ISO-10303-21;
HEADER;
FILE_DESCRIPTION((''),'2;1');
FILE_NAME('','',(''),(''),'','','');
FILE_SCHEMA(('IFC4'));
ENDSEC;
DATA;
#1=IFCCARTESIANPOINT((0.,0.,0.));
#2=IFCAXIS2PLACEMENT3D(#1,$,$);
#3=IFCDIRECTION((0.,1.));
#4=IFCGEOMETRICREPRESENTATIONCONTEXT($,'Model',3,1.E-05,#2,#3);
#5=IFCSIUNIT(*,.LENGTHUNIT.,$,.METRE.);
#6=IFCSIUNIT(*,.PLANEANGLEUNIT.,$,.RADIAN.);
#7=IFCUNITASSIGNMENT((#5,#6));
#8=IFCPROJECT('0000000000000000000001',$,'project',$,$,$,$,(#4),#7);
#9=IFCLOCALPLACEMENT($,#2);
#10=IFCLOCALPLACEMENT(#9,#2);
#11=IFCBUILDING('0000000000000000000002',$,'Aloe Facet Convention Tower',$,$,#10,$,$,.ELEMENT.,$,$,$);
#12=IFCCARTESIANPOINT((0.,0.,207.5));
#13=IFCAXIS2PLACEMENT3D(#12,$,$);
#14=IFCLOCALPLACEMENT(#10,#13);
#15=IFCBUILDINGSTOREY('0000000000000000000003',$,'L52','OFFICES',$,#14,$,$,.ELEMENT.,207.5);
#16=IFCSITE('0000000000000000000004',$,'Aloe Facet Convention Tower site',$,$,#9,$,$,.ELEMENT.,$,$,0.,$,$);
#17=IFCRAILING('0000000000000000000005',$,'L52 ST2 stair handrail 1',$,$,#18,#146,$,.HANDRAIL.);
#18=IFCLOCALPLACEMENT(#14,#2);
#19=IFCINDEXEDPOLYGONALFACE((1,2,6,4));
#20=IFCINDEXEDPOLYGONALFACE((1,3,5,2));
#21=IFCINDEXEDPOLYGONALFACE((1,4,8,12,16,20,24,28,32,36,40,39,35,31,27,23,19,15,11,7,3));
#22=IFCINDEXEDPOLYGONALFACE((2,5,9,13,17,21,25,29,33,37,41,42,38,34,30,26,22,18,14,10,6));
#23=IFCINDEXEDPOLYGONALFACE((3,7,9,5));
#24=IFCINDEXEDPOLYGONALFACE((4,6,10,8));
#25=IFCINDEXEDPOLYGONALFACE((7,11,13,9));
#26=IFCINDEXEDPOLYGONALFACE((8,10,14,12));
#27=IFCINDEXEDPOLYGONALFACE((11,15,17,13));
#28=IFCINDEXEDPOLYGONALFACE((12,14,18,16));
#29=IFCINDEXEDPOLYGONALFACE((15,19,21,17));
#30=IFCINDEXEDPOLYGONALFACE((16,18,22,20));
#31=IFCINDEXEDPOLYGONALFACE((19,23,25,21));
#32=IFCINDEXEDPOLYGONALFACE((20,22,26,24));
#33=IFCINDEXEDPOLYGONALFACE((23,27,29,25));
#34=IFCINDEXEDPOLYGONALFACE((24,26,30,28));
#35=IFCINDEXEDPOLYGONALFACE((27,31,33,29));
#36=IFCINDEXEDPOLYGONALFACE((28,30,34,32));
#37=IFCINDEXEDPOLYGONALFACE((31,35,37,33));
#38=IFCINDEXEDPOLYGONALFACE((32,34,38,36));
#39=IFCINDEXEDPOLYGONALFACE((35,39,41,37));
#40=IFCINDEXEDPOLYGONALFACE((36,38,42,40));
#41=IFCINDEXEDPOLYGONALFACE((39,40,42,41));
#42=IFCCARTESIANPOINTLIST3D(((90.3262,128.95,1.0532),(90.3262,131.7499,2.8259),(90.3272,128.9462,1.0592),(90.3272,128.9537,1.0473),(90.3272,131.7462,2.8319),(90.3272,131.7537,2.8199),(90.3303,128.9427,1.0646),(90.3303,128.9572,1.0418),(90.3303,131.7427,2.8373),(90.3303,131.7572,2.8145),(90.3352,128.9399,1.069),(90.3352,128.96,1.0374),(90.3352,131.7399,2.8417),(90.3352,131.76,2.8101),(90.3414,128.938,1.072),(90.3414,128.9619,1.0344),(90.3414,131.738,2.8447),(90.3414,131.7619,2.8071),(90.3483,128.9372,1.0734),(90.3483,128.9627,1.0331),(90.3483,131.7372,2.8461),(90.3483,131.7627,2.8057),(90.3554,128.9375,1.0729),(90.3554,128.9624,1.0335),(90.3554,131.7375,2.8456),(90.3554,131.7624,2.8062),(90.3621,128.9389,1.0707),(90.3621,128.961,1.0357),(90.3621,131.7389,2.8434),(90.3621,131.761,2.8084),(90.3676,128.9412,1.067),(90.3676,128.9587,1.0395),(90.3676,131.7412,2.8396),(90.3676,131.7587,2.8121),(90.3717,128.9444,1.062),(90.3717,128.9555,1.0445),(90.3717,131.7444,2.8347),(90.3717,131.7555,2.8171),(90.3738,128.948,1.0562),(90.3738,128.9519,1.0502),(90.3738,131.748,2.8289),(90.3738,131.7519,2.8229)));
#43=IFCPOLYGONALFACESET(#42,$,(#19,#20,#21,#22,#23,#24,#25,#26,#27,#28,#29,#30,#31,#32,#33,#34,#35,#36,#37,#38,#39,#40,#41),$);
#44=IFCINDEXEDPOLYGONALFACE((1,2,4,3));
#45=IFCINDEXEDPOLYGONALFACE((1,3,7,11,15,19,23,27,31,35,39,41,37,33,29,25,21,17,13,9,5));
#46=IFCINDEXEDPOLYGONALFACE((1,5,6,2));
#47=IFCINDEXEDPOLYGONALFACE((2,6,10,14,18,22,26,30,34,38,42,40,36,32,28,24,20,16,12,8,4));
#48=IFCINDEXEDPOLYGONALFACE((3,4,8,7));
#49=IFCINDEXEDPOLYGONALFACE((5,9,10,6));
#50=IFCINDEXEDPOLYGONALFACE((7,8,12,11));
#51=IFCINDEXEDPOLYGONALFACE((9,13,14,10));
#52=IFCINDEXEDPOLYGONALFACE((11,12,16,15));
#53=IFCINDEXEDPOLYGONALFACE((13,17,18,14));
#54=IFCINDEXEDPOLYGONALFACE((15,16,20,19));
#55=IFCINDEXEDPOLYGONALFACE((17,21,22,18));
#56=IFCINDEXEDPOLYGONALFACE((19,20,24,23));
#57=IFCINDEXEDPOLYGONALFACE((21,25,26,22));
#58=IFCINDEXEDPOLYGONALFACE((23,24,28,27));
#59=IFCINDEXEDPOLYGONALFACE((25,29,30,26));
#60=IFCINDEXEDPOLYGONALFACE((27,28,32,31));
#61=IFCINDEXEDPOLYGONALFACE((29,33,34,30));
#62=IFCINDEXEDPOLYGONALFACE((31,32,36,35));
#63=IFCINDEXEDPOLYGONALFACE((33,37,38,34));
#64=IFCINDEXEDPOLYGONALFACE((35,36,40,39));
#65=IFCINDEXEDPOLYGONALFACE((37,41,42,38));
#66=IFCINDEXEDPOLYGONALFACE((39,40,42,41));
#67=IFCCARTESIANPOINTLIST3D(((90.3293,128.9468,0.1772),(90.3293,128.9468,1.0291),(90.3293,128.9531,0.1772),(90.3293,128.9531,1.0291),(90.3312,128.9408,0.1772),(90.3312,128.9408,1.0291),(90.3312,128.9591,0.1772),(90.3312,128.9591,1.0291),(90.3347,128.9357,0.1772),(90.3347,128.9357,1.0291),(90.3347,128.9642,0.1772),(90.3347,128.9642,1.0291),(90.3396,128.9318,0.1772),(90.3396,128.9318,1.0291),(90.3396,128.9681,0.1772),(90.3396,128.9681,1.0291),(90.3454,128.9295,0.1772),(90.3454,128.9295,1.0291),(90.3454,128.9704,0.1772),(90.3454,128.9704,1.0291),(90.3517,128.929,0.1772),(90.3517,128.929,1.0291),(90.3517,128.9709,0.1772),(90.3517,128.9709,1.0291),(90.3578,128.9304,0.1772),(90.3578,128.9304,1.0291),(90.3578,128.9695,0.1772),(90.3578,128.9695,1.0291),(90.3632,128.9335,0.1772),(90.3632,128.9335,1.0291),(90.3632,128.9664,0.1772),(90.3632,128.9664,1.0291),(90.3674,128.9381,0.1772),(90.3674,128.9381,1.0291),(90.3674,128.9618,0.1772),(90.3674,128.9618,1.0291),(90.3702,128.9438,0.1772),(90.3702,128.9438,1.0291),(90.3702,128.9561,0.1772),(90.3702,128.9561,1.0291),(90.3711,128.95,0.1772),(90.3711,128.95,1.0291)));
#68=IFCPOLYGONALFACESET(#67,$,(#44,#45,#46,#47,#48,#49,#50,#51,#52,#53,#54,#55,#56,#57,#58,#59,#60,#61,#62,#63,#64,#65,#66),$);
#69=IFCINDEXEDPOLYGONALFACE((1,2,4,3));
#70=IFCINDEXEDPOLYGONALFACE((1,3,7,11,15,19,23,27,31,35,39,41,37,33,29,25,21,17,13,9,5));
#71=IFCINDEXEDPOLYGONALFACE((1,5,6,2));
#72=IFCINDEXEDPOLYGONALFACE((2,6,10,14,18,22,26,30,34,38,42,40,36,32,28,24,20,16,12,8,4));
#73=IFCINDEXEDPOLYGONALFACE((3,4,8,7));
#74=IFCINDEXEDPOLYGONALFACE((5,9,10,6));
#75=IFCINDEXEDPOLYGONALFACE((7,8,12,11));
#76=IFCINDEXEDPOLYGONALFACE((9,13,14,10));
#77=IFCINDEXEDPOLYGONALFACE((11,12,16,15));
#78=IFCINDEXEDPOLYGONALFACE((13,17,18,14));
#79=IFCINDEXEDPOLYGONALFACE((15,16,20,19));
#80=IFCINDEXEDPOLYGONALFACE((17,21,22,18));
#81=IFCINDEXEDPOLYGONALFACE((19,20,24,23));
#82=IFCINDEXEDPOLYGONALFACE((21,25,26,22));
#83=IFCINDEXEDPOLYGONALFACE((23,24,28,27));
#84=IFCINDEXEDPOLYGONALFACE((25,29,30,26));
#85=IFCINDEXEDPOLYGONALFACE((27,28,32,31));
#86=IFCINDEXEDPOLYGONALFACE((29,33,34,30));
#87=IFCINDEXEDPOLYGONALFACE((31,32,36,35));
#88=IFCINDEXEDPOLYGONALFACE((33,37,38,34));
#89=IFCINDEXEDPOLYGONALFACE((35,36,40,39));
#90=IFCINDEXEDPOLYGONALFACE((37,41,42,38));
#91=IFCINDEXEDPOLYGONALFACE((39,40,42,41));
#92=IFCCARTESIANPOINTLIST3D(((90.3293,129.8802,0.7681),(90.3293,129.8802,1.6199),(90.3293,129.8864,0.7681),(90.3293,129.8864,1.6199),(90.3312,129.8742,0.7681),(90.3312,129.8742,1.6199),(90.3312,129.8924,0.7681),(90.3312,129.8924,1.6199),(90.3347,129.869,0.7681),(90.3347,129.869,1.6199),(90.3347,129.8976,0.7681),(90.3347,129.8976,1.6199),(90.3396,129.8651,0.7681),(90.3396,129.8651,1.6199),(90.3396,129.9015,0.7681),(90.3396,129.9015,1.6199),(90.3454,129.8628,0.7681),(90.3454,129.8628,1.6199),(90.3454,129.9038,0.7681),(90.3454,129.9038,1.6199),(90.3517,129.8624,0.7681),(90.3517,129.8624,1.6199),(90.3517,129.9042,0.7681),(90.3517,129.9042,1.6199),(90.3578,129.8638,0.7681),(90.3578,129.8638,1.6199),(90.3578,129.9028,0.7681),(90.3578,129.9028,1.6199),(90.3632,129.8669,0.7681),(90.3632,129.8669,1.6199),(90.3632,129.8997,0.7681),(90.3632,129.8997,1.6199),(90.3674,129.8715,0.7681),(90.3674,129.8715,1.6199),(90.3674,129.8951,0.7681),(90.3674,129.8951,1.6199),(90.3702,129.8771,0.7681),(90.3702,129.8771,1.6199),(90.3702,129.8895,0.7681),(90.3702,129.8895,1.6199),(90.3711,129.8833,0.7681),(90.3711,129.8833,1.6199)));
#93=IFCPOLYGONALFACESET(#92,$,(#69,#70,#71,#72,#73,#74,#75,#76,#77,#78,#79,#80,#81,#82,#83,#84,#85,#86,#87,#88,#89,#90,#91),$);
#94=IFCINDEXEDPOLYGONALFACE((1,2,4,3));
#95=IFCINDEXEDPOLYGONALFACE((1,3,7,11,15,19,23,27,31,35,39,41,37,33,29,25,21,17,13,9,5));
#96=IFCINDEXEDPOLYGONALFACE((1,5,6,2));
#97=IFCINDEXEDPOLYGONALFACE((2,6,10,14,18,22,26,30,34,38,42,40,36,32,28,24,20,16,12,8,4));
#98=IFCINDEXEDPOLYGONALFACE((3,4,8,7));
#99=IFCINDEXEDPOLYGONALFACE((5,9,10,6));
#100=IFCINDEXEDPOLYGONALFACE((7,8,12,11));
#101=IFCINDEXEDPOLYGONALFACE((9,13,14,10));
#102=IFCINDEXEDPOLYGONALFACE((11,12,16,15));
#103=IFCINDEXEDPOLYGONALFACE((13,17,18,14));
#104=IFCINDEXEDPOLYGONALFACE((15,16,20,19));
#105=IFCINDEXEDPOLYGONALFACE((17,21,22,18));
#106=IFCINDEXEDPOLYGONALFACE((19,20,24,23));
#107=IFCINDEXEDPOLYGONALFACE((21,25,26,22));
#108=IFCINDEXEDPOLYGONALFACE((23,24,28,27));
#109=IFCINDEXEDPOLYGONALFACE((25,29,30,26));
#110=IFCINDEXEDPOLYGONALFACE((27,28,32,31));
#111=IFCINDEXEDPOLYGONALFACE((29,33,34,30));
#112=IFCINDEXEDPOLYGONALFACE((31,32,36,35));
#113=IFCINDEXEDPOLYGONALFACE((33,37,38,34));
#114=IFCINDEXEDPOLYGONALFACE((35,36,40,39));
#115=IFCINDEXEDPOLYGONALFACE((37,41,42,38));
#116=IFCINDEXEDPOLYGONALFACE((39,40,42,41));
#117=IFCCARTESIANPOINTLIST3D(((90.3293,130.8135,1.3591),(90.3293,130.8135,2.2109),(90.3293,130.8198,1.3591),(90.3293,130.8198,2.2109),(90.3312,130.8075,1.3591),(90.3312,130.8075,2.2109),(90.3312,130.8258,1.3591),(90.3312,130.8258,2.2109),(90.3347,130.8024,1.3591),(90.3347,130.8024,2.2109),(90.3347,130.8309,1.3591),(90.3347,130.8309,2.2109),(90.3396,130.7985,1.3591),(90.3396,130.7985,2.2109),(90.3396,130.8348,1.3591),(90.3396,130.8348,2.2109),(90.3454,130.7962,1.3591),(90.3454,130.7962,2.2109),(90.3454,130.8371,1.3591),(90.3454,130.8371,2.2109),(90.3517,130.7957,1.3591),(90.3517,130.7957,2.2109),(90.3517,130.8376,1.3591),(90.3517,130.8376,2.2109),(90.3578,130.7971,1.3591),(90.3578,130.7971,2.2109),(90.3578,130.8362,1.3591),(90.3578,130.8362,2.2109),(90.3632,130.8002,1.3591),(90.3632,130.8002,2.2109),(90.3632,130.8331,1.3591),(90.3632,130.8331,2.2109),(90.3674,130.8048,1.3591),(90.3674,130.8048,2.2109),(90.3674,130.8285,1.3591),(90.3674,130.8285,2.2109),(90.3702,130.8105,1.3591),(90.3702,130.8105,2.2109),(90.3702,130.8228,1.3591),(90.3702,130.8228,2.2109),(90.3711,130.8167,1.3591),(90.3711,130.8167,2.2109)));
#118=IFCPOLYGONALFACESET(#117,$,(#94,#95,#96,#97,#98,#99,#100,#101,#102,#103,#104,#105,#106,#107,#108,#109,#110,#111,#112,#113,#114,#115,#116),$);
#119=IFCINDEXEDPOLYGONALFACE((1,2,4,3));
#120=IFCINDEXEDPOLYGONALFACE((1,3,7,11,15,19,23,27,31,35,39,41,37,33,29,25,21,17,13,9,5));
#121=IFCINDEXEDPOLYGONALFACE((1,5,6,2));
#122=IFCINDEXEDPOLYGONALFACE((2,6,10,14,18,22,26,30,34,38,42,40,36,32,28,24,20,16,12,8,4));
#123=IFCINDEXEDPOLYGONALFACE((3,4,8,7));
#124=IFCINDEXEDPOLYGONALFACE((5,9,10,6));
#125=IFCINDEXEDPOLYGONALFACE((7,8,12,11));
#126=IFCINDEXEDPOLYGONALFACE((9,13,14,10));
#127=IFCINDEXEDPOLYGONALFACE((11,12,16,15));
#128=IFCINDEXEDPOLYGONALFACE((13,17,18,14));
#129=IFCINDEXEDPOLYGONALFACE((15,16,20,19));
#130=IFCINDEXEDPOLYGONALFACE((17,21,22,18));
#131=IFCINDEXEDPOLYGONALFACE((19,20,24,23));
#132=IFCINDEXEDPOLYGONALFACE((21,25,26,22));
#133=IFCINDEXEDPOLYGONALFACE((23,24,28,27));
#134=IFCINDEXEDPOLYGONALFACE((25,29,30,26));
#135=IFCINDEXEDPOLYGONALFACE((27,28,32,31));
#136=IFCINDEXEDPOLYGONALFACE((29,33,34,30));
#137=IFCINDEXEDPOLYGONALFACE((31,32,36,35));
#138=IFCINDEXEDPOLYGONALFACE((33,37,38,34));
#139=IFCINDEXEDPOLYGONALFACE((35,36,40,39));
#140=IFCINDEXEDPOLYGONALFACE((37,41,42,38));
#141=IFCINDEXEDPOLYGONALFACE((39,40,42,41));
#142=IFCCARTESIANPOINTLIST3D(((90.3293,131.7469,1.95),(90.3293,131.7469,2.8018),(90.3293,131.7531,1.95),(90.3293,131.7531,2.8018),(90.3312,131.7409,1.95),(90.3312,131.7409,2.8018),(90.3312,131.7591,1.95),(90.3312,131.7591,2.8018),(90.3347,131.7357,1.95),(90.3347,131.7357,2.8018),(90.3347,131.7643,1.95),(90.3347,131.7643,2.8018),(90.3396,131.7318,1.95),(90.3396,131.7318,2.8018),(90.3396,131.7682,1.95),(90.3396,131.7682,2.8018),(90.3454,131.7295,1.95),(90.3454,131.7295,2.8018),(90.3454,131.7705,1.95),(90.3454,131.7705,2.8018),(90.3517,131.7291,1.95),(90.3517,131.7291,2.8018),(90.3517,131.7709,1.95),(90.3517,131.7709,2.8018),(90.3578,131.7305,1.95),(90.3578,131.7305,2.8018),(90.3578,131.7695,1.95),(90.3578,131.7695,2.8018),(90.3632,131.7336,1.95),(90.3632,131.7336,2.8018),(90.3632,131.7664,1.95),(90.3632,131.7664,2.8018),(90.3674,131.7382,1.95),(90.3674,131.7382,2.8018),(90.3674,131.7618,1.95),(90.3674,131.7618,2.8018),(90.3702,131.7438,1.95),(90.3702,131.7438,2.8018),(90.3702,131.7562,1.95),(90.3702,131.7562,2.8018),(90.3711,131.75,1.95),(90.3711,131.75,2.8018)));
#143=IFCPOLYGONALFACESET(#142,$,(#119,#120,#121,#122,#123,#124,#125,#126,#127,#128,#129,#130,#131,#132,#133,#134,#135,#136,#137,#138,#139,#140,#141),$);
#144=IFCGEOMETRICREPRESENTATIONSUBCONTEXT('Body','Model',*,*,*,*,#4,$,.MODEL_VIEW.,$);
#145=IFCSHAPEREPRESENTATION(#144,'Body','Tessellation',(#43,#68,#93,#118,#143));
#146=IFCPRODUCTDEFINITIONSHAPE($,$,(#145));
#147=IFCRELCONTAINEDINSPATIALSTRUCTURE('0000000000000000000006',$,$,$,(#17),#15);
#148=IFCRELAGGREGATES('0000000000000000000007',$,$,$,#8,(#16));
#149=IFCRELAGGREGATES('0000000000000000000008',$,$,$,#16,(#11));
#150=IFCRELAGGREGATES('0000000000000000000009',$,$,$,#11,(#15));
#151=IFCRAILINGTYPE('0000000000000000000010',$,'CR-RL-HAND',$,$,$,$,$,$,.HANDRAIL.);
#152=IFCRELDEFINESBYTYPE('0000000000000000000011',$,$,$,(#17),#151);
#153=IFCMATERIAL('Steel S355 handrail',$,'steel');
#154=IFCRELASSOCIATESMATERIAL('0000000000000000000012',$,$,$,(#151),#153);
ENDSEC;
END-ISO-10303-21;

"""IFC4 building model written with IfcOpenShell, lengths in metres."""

from ifc_helpers import new_model, si_unit, direction, frame, origin, origin_2d, place, context, subcontext, project, spatial, circle, extrude, material, type_object, element, save


model = new_model("IFC4")

# Units and contexts
model_context = context("Model", 3, precision=1e-05, world=origin(), true_north=direction((0.0, 1.0)))
body_context = subcontext(model_context, "Body", "Model", "MODEL_VIEW")
ifc_project = project(units=[si_unit("LENGTHUNIT", "METRE"), si_unit("PLANEANGLEUNIT", "RADIAN")], contexts=[model_context])

# Site, building, storey
site_placement = place(None, origin())
site = spatial("IfcSite", under=ifc_project, at=site_placement, Name="Aloe Facet Convention Tower site", CompositionType="ELEMENT", RefElevation=0.0)
building_placement = place(site_placement, origin())
building = spatial("IfcBuilding", under=site, at=building_placement, Name="Aloe Facet Convention Tower", CompositionType="ELEMENT")
storey_placement = place(building_placement, frame((0.0, 0.0, 207.5)))
storey = spatial("IfcBuildingStorey", under=building, at=storey_placement, Name="L52", Description="OFFICES", CompositionType="ELEMENT", Elevation=207.5)

# Railing
ifc_material_1 = material(Name="Steel S355 handrail", Category="steel")
railing_type_1 = type_object("IfcRailingType", Name="CR-RL-HAND", PredefinedType="HANDRAIL", material=ifc_material_1)
railing_1_placement = place(storey_placement, frame((90.3501, 128.95, 0.1772)))
element("IfcRailing", 1, at=railing_1_placement, inside=storey, type_object=railing_type_1, Name="L52 ST2 stair handrail 1", PredefinedType="HANDRAIL", context=body_context, shape_type="SweptSolid", body=[
    extrude(circle(Radius=0.0239, at=origin_2d()), frame((0.0, 0.0, 0.876), z_axis=(0.0, 0.844909, 0.53491), x_axis=(-1.0, 0.0, 0.0)), (0.0, 0.0, 1.0), 3.314),
    extrude(circle(Radius=0.021, at=origin_2d()), origin(), (0.0, 0.0, 1.0), 0.8518),
    extrude(circle(Radius=0.021, at=origin_2d()), frame((0.0, 0.9333, 0.5908)), (0.0, 0.0, 1.0), 0.8518),
    extrude(circle(Radius=0.021, at=origin_2d()), frame((0.0, 1.8667, 1.1819)), (0.0, 0.0, 1.0), 0.8518),
    extrude(circle(Radius=0.021, at=origin_2d()), frame((0.0, 2.8, 1.7727)), (0.0, 0.0, 1.0), 0.8518),
])

save(model, "model.ifc")
